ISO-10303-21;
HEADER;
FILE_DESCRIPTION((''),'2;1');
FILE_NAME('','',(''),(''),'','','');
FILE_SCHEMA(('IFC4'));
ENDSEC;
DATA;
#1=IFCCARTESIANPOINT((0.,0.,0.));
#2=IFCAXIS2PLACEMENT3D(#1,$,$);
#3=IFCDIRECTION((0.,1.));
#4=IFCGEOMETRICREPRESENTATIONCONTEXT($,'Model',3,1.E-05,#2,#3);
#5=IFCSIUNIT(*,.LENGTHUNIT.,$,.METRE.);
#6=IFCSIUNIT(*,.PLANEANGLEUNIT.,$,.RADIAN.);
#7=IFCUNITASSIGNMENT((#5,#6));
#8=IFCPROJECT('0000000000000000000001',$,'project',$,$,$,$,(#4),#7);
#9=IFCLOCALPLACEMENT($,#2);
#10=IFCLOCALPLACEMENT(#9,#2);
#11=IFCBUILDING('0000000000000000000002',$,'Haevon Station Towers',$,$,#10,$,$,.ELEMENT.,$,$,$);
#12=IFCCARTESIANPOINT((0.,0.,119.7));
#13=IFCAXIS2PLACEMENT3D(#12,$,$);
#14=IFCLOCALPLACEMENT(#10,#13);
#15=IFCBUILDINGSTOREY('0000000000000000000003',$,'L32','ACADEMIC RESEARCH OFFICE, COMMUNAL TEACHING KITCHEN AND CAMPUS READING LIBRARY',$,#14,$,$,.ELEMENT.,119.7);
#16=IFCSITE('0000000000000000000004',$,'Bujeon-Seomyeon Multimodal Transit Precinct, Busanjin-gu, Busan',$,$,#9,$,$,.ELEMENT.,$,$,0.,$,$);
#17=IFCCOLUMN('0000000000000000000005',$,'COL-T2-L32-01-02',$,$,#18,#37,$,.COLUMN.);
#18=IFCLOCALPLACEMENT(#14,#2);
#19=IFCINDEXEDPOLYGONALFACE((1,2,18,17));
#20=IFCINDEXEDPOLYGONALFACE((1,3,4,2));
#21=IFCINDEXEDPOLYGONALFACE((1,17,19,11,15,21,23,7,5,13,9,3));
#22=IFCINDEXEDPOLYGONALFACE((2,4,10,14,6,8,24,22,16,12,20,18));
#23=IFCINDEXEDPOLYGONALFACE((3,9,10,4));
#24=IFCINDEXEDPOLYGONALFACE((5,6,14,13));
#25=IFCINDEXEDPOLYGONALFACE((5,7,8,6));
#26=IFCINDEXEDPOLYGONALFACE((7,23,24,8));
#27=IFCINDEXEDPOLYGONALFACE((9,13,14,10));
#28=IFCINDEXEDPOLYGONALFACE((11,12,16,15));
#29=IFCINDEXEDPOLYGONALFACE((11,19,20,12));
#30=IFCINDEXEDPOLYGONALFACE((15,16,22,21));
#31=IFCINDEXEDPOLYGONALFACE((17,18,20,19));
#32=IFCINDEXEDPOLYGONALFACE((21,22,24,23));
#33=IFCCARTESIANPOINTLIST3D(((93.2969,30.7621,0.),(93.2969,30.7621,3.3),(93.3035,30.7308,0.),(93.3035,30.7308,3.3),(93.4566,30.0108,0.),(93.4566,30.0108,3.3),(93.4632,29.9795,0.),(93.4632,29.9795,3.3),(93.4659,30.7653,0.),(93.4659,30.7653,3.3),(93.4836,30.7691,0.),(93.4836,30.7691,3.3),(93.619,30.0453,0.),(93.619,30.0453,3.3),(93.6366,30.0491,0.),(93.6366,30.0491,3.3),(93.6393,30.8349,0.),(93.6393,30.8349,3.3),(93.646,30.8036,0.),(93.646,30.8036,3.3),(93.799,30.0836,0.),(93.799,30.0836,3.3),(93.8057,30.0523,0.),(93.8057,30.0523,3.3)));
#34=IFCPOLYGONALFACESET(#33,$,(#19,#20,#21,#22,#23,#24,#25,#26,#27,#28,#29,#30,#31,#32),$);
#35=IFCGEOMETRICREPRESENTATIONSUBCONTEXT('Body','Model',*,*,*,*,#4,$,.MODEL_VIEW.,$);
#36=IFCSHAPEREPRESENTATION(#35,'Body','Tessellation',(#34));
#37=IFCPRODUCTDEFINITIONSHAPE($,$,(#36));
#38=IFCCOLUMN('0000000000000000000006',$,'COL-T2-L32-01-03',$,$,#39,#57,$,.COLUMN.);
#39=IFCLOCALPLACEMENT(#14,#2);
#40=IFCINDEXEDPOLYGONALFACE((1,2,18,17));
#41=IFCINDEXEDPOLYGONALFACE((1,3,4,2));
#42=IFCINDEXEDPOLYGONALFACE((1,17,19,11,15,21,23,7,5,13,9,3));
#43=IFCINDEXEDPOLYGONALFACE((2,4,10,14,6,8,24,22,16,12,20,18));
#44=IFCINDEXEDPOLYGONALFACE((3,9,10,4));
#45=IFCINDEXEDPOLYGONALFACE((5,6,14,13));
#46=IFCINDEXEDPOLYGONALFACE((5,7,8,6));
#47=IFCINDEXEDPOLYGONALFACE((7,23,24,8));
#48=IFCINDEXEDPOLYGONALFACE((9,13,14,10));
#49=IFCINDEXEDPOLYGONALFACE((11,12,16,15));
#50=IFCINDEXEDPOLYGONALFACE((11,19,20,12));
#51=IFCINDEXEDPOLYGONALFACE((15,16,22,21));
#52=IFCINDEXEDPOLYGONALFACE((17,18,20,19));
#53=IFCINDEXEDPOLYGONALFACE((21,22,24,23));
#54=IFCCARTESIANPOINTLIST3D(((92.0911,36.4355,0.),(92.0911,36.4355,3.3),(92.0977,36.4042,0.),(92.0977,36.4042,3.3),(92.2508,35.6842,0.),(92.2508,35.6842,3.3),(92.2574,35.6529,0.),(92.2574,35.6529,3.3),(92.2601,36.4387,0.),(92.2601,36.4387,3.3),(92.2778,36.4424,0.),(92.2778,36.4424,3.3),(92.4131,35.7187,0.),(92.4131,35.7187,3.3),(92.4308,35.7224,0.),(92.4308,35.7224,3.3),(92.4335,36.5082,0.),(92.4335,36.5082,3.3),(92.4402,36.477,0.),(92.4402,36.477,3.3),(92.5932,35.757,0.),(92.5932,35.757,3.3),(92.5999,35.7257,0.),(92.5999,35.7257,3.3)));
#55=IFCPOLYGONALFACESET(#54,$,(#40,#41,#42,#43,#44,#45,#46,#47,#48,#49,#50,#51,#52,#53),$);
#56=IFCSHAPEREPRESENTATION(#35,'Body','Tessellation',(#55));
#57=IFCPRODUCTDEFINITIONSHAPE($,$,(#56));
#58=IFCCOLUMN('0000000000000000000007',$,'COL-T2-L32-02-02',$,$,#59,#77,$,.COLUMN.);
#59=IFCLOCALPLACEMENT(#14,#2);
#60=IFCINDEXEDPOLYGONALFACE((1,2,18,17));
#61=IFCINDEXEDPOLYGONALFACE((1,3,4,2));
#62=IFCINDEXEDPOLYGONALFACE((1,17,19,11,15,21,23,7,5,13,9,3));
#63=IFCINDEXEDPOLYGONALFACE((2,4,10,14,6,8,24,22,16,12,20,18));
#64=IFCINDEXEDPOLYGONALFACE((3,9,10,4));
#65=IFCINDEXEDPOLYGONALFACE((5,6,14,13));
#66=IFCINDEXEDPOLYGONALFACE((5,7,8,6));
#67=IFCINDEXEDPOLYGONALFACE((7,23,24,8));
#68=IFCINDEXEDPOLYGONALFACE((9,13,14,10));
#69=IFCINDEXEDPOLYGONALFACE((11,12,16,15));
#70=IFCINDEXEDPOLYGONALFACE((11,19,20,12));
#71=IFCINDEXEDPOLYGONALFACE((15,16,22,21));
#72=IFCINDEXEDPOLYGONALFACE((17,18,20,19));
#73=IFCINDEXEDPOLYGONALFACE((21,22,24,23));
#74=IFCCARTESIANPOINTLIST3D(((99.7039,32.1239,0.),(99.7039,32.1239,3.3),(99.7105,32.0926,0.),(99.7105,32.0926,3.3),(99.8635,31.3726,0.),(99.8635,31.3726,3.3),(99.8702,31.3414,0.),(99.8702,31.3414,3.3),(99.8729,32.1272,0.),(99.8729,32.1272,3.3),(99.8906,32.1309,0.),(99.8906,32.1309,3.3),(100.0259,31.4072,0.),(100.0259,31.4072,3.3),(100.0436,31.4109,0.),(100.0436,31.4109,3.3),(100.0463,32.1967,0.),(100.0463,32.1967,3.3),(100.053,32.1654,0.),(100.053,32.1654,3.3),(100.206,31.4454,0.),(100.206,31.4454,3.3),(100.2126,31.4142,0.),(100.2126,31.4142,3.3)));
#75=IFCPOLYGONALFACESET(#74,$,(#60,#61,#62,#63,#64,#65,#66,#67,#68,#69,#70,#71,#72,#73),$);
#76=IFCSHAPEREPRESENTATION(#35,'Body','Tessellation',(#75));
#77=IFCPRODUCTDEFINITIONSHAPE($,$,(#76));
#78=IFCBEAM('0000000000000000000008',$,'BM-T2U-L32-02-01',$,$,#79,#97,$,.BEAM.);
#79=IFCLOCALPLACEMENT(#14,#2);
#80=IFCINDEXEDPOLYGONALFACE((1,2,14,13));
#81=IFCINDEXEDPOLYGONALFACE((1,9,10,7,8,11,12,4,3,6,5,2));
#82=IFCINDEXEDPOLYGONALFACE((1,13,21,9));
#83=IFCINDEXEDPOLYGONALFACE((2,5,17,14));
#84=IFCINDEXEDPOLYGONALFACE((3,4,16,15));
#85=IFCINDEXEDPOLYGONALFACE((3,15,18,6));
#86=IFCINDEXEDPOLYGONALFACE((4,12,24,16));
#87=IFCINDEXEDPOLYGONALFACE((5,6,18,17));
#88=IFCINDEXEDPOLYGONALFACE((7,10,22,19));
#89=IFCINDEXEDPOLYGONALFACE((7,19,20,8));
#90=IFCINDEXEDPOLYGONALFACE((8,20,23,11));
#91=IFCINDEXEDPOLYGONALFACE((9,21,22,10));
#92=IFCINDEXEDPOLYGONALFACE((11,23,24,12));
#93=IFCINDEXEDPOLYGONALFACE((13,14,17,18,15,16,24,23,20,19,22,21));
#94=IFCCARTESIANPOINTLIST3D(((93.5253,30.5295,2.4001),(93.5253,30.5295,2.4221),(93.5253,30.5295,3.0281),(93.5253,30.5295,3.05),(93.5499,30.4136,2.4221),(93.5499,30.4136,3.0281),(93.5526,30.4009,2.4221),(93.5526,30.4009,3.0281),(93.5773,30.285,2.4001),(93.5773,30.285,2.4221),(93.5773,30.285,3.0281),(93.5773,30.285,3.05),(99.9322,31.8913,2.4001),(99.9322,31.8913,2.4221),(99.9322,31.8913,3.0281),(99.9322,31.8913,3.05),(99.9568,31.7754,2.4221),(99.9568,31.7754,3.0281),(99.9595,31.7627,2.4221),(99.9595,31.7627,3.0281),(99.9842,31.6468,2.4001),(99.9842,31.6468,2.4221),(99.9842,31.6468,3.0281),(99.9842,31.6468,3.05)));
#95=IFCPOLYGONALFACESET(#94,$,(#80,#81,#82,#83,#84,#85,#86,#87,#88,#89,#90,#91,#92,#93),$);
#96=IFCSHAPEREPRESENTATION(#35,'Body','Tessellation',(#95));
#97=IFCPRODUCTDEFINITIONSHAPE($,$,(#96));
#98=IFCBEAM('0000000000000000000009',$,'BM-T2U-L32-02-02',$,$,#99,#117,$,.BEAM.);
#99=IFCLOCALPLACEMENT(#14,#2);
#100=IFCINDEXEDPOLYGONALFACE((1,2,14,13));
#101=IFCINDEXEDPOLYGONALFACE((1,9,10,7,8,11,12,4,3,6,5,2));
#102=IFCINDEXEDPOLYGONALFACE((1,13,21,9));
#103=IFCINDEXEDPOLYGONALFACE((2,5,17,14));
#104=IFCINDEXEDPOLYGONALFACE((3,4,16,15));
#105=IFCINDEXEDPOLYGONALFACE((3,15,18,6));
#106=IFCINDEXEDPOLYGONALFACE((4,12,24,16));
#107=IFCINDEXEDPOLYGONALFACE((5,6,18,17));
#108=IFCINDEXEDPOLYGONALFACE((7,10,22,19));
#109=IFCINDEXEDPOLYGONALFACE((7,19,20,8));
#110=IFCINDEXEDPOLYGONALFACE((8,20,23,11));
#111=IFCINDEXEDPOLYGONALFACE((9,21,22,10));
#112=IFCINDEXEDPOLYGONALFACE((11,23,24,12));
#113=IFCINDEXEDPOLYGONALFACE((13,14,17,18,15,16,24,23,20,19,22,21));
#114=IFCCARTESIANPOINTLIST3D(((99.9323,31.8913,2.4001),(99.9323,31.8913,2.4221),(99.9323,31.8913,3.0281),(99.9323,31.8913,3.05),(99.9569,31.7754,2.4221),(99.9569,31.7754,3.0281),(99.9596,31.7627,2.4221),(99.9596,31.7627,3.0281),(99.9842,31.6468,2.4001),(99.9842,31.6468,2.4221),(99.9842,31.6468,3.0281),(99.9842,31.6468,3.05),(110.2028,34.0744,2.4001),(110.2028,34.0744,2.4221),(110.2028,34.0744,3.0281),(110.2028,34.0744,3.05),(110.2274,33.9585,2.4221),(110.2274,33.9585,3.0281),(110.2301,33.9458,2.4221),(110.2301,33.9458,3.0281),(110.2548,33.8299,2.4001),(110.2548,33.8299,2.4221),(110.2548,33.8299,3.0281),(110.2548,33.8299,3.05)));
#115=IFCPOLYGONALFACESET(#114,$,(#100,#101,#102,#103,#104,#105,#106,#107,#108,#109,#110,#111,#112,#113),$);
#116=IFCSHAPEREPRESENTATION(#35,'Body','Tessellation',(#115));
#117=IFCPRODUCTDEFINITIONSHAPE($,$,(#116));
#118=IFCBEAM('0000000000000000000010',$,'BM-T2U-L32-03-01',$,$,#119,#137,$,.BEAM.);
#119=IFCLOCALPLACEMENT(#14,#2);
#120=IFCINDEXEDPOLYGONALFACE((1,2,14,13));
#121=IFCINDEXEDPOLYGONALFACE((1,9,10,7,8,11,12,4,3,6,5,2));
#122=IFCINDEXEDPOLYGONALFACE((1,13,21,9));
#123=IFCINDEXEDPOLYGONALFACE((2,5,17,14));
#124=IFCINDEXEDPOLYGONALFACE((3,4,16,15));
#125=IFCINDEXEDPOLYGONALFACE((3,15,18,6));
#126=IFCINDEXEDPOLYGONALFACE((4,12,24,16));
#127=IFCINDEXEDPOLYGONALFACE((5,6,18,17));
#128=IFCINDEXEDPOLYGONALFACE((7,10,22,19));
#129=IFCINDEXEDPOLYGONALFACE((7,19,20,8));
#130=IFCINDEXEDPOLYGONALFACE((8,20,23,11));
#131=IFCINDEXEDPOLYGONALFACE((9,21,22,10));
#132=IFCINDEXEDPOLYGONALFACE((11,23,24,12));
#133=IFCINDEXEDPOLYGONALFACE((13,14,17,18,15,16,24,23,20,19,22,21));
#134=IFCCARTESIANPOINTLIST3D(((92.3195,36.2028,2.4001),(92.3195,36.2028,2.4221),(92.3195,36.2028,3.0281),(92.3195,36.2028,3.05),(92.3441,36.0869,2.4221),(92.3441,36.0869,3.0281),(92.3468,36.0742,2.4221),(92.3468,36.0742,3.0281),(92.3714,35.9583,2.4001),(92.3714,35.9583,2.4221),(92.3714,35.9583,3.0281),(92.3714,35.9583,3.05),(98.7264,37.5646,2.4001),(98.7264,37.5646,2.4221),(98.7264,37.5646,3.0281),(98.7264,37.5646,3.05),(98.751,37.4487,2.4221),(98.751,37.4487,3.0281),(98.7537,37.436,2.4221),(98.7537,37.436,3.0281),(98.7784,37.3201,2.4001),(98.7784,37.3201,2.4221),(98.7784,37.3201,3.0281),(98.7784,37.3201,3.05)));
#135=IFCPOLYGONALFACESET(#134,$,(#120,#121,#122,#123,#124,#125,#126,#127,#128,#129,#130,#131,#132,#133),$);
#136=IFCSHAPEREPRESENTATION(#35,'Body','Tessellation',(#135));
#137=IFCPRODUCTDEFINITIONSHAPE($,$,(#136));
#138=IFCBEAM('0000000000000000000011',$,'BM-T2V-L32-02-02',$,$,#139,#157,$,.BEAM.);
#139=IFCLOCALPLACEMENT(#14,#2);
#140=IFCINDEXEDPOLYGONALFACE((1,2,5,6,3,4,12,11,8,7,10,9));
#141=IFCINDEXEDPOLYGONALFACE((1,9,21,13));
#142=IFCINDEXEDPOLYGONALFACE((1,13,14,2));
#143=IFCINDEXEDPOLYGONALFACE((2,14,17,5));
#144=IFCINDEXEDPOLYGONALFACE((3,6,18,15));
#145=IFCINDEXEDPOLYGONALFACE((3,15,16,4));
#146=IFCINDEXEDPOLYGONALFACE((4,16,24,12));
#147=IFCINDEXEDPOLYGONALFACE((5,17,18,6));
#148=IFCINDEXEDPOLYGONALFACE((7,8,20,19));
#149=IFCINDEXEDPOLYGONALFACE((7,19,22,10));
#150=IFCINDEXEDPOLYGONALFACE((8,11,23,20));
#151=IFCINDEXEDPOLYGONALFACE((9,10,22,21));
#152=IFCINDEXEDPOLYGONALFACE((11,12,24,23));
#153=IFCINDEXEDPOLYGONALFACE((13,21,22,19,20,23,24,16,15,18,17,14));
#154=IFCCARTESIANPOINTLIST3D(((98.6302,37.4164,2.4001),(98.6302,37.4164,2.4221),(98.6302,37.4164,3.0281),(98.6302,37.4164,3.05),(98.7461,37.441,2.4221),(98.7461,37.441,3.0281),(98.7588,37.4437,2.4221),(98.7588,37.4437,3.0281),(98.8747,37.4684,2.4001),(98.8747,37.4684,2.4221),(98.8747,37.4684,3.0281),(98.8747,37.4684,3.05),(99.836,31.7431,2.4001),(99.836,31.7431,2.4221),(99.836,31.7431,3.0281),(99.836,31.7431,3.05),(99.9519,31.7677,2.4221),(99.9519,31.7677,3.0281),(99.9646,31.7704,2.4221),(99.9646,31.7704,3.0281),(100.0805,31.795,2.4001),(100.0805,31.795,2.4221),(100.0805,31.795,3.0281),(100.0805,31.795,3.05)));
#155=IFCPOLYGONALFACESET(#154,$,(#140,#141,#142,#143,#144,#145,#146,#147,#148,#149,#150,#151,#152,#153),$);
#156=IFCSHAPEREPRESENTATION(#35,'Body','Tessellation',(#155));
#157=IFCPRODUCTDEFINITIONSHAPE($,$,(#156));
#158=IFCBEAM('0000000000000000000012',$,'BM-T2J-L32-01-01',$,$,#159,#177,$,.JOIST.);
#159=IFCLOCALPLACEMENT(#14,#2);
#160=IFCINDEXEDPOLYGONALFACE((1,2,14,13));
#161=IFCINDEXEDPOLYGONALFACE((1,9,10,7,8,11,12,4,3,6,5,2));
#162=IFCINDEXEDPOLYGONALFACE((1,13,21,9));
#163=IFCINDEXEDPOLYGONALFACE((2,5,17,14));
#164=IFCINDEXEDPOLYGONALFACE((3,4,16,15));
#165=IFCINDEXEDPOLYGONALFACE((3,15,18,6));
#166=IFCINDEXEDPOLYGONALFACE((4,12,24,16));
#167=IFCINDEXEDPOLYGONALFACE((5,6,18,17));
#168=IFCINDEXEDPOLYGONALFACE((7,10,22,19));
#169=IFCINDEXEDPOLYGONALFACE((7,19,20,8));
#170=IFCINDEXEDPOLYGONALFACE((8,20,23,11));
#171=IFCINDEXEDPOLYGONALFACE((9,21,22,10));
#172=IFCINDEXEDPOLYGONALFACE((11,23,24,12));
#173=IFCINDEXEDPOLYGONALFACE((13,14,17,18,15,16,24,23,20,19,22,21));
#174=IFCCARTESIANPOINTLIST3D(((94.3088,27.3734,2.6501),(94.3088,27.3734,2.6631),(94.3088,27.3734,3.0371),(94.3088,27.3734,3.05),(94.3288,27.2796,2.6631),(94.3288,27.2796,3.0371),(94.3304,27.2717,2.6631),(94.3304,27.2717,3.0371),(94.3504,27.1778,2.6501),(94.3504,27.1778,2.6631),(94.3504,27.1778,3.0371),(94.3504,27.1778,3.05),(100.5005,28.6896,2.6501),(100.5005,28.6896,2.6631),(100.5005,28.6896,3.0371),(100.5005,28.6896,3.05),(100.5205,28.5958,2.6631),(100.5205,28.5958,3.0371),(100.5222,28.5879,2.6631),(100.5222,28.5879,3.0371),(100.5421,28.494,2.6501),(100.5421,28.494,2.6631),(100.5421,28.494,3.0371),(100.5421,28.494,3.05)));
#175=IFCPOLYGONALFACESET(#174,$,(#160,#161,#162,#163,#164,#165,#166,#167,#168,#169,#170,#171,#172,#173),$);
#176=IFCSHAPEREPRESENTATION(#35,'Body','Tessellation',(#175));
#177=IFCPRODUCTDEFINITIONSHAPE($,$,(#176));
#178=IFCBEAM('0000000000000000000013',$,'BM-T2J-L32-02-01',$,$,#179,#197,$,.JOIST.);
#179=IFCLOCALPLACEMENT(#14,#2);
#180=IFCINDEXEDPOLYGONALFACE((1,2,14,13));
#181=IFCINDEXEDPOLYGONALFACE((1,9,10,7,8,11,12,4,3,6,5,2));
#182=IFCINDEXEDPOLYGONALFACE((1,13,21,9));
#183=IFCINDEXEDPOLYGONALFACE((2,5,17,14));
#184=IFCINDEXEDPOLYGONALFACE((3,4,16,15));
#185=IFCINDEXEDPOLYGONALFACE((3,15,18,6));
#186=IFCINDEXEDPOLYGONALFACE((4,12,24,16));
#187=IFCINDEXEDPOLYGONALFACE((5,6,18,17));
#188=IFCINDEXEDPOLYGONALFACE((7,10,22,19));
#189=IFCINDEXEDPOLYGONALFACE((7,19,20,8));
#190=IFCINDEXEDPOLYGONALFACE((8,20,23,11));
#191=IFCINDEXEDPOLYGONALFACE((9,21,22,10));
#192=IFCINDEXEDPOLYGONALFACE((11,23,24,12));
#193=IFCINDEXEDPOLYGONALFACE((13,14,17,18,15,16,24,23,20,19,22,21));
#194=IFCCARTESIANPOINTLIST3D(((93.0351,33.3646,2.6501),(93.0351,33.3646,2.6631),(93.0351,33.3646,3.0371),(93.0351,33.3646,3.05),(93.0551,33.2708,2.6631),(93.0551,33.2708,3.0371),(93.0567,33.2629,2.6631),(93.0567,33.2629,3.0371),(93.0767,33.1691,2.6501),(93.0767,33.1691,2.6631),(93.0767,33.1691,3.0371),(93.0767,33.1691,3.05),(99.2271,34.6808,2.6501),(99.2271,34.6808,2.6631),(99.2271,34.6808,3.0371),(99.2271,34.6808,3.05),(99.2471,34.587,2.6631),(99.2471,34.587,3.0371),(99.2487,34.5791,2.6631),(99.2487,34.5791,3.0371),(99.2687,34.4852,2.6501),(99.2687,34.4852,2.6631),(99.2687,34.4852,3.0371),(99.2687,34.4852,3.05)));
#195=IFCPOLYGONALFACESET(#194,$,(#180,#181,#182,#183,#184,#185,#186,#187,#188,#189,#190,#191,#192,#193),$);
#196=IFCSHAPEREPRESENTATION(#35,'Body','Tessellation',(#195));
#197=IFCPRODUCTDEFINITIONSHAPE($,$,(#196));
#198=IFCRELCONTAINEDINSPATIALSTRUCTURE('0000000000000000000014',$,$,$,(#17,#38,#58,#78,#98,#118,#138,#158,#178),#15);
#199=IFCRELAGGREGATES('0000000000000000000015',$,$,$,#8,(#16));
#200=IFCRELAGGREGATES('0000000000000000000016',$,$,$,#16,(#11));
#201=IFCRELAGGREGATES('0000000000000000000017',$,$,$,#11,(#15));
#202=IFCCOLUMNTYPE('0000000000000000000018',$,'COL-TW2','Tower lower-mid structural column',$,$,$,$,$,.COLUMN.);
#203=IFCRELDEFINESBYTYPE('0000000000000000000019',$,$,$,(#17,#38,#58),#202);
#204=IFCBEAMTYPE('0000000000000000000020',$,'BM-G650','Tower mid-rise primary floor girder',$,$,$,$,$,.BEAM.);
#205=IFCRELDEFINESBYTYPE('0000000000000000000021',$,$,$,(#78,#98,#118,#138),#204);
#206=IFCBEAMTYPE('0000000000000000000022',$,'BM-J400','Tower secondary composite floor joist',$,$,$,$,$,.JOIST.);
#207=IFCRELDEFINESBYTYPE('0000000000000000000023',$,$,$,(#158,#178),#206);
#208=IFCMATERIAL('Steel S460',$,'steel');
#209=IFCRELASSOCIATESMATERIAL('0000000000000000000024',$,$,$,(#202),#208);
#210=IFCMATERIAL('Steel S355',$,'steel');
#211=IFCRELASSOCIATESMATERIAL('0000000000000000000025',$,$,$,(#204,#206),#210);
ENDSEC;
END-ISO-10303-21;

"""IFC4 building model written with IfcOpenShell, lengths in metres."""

from ifc_helpers import new_model, si_unit, direction, frame, origin, origin_2d, place, context, subcontext, project, spatial, i_section, extrude, material, material_profile, profile_set, type_object, element, save


model = new_model("IFC4")

# Units and contexts
model_context = context("Model", 3, precision=1e-05, world=origin(), true_north=direction((0.0, 1.0)))
body_context = subcontext(model_context, "Body", "Model", "MODEL_VIEW")
ifc_project = project(units=[si_unit("LENGTHUNIT", "METRE"), si_unit("PLANEANGLEUNIT", "RADIAN")], contexts=[model_context])

# Site, building, storey
site_placement = place(None, origin())
site = spatial("IfcSite", under=ifc_project, at=site_placement, Name="Bujeon-Seomyeon Multimodal Transit Precinct, Busanjin-gu, Busan", CompositionType="ELEMENT", RefElevation=0.0)
building_placement = place(site_placement, origin())
building = spatial("IfcBuilding", under=site, at=building_placement, Name="Haevon Station Towers", CompositionType="ELEMENT")
storey_placement = place(building_placement, frame((0.0, 0.0, 119.7)))
storey = spatial("IfcBuildingStorey", under=building, at=storey_placement, Name="L32", Description="ACADEMIC RESEARCH OFFICE, COMMUNAL TEACHING KITCHEN AND CAMPUS READING LIBRARY", CompositionType="ELEMENT", Elevation=119.7)

# Columns
ifc_material_1 = material(Name="Steel S460", Category="steel")
ifc_material_profile_1 = material_profile(ifc_material_1, i_section(OverallWidth=0.3501, OverallDepth=0.8, WebThickness=0.0181, FlangeThickness=0.032, at=origin_2d()), Name="H-800x350x18x32")
ifc_profile_set_1 = profile_set([ifc_material_profile_1], Name="Steel S460")
column_type = type_object("IfcColumnType", Name="COL-TW2", Description="Tower lower-mid structural column", PredefinedType="COLUMN", material=ifc_profile_set_1)
for number, where, z_axis, x_axis, name in (
    (1, (93.5513, 30.4072, 0.0), (0.0, 0.0, 1.0), (0.978148, 0.207912, 0.0), "COL-T2-L32-01-02"),
    (2, (92.3455, 36.0806, 0.0), (0.0, 0.0, 1.0), (0.978148, 0.207912, 0.0), "COL-T2-L32-01-03"),
    (3, (99.9583, 31.769, 0.0), (0.0, 0.0, 1.0), (0.978148, 0.207912, 0.0), "COL-T2-L32-02-02"),
):
    element("IfcColumn", number, at=place(storey_placement, frame(where, z_axis=z_axis, x_axis=x_axis)), inside=storey, type_object=column_type, Name=name, PredefinedType="COLUMN", context=body_context, shape_type="SweptSolid", body=[
        extrude(i_section(OverallWidth=0.3501, OverallDepth=0.8, WebThickness=0.0181, FlangeThickness=0.032, at=origin_2d()), origin(), (0.0, 0.0, 1.0), 3.3),
    ])

# Beams
ifc_material_2 = material(Name="Steel S355", Category="steel")
ifc_material_profile_2 = material_profile(ifc_material_2, i_section(OverallWidth=0.25, OverallDepth=0.6499, WebThickness=0.0129, FlangeThickness=0.022, at=origin_2d()), Name="H-650x250x13x22")
ifc_profile_set_2 = profile_set([ifc_material_profile_2], Name="Steel S355")
beam_type_1 = type_object("IfcBeamType", Name="BM-G650", Description="Tower mid-rise primary floor girder", PredefinedType="BEAM", material=ifc_profile_set_2)
beam_1_placement = place(storey_placement, frame((93.5513, 30.4072, 2.7251), z_axis=(0.978149, 0.207907, 0.0), x_axis=(-0.207907, 0.978149, 0.0)))
element("IfcBeam", 4, at=beam_1_placement, inside=storey, type_object=beam_type_1, Name="BM-T2U-L32-02-01", PredefinedType="BEAM", context=body_context, shape_type="SweptSolid", body=[
    extrude(i_section(OverallWidth=0.25, OverallDepth=0.6499, WebThickness=0.0129, FlangeThickness=0.022, at=origin_2d()), origin(), (0.0, 0.0, 1.0), 6.55),
])
beam_2_placement = place(storey_placement, frame((99.9583, 31.769, 2.7251), z_axis=(0.978147, 0.207915, 0.0), x_axis=(-0.207915, 0.978147, 0.0)))
element("IfcBeam", 5, at=beam_2_placement, inside=storey, type_object=beam_type_1, Name="BM-T2U-L32-02-02", PredefinedType="BEAM", context=body_context, shape_type="SweptSolid", body=[
    extrude(i_section(OverallWidth=0.25, OverallDepth=0.6499, WebThickness=0.0129, FlangeThickness=0.022, at=origin_2d()), origin(), (0.0, 0.0, 1.0), 10.5),
])
beam_3_placement = place(storey_placement, frame((92.3455, 36.0806, 2.7251), z_axis=(0.978149, 0.207907, 0.0), x_axis=(-0.207907, 0.978149, 0.0)))
element("IfcBeam", 6, at=beam_3_placement, inside=storey, type_object=beam_type_1, Name="BM-T2U-L32-03-01", PredefinedType="BEAM", context=body_context, shape_type="SweptSolid", body=[
    extrude(i_section(OverallWidth=0.25, OverallDepth=0.6499, WebThickness=0.0129, FlangeThickness=0.022, at=origin_2d()), origin(), (0.0, 0.0, 1.0), 6.55),
])
beam_4_placement = place(storey_placement, frame((99.9583, 31.769, 2.7251), z_axis=(-0.207896, 0.978151, 0.0), x_axis=(-0.978151, -0.207896, 0.0)))
element("IfcBeam", 7, at=beam_4_placement, inside=storey, type_object=beam_type_1, Name="BM-T2V-L32-02-02", PredefinedType="BEAM", context=body_context, shape_type="SweptSolid", body=[
    extrude(i_section(OverallWidth=0.25, OverallDepth=0.6499, WebThickness=0.0129, FlangeThickness=0.022, at=origin_2d()), origin(), (0.0, 0.0, 1.0), 5.8),
])
ifc_material_profile_3 = material_profile(ifc_material_2, i_section(OverallWidth=0.2, OverallDepth=0.3999, WebThickness=0.0081, FlangeThickness=0.0129, at=origin_2d()), Name="H-400x200x8x13")
ifc_profile_set_3 = profile_set([ifc_material_profile_3], Name="Steel S355")
beam_type_2 = type_object("IfcBeamType", Name="BM-J400", Description="Tower secondary composite floor joist", PredefinedType="JOIST", material=ifc_profile_set_3)
beam_5_placement = place(storey_placement, frame((94.3296, 27.2756, 2.8501), z_axis=(0.978145, 0.207925, 0.0), x_axis=(-0.207925, 0.978145, 0.0)))
element("IfcBeam", 8, at=beam_5_placement, inside=storey, type_object=beam_type_2, Name="BM-T2J-L32-01-01", PredefinedType="JOIST", context=body_context, shape_type="SweptSolid", body=[
    extrude(i_section(OverallWidth=0.2, OverallDepth=0.3999, WebThickness=0.0081, FlangeThickness=0.0129, at=origin_2d()), origin(), (0.0, 0.0, 1.0), 6.3301),
])
beam_6_placement = place(storey_placement, frame((93.0559, 33.2668, 2.8501), z_axis=(0.978146, 0.207917, 0.0), x_axis=(-0.207917, 0.978146, 0.0)))
element("IfcBeam", 9, at=beam_6_placement, inside=storey, type_object=beam_type_2, Name="BM-T2J-L32-02-01", PredefinedType="JOIST", context=body_context, shape_type="SweptSolid", body=[
    extrude(i_section(OverallWidth=0.2, OverallDepth=0.3999, WebThickness=0.0081, FlangeThickness=0.0129, at=origin_2d()), origin(), (0.0, 0.0, 1.0), 6.3303),
])

save(model, "model.ifc")
